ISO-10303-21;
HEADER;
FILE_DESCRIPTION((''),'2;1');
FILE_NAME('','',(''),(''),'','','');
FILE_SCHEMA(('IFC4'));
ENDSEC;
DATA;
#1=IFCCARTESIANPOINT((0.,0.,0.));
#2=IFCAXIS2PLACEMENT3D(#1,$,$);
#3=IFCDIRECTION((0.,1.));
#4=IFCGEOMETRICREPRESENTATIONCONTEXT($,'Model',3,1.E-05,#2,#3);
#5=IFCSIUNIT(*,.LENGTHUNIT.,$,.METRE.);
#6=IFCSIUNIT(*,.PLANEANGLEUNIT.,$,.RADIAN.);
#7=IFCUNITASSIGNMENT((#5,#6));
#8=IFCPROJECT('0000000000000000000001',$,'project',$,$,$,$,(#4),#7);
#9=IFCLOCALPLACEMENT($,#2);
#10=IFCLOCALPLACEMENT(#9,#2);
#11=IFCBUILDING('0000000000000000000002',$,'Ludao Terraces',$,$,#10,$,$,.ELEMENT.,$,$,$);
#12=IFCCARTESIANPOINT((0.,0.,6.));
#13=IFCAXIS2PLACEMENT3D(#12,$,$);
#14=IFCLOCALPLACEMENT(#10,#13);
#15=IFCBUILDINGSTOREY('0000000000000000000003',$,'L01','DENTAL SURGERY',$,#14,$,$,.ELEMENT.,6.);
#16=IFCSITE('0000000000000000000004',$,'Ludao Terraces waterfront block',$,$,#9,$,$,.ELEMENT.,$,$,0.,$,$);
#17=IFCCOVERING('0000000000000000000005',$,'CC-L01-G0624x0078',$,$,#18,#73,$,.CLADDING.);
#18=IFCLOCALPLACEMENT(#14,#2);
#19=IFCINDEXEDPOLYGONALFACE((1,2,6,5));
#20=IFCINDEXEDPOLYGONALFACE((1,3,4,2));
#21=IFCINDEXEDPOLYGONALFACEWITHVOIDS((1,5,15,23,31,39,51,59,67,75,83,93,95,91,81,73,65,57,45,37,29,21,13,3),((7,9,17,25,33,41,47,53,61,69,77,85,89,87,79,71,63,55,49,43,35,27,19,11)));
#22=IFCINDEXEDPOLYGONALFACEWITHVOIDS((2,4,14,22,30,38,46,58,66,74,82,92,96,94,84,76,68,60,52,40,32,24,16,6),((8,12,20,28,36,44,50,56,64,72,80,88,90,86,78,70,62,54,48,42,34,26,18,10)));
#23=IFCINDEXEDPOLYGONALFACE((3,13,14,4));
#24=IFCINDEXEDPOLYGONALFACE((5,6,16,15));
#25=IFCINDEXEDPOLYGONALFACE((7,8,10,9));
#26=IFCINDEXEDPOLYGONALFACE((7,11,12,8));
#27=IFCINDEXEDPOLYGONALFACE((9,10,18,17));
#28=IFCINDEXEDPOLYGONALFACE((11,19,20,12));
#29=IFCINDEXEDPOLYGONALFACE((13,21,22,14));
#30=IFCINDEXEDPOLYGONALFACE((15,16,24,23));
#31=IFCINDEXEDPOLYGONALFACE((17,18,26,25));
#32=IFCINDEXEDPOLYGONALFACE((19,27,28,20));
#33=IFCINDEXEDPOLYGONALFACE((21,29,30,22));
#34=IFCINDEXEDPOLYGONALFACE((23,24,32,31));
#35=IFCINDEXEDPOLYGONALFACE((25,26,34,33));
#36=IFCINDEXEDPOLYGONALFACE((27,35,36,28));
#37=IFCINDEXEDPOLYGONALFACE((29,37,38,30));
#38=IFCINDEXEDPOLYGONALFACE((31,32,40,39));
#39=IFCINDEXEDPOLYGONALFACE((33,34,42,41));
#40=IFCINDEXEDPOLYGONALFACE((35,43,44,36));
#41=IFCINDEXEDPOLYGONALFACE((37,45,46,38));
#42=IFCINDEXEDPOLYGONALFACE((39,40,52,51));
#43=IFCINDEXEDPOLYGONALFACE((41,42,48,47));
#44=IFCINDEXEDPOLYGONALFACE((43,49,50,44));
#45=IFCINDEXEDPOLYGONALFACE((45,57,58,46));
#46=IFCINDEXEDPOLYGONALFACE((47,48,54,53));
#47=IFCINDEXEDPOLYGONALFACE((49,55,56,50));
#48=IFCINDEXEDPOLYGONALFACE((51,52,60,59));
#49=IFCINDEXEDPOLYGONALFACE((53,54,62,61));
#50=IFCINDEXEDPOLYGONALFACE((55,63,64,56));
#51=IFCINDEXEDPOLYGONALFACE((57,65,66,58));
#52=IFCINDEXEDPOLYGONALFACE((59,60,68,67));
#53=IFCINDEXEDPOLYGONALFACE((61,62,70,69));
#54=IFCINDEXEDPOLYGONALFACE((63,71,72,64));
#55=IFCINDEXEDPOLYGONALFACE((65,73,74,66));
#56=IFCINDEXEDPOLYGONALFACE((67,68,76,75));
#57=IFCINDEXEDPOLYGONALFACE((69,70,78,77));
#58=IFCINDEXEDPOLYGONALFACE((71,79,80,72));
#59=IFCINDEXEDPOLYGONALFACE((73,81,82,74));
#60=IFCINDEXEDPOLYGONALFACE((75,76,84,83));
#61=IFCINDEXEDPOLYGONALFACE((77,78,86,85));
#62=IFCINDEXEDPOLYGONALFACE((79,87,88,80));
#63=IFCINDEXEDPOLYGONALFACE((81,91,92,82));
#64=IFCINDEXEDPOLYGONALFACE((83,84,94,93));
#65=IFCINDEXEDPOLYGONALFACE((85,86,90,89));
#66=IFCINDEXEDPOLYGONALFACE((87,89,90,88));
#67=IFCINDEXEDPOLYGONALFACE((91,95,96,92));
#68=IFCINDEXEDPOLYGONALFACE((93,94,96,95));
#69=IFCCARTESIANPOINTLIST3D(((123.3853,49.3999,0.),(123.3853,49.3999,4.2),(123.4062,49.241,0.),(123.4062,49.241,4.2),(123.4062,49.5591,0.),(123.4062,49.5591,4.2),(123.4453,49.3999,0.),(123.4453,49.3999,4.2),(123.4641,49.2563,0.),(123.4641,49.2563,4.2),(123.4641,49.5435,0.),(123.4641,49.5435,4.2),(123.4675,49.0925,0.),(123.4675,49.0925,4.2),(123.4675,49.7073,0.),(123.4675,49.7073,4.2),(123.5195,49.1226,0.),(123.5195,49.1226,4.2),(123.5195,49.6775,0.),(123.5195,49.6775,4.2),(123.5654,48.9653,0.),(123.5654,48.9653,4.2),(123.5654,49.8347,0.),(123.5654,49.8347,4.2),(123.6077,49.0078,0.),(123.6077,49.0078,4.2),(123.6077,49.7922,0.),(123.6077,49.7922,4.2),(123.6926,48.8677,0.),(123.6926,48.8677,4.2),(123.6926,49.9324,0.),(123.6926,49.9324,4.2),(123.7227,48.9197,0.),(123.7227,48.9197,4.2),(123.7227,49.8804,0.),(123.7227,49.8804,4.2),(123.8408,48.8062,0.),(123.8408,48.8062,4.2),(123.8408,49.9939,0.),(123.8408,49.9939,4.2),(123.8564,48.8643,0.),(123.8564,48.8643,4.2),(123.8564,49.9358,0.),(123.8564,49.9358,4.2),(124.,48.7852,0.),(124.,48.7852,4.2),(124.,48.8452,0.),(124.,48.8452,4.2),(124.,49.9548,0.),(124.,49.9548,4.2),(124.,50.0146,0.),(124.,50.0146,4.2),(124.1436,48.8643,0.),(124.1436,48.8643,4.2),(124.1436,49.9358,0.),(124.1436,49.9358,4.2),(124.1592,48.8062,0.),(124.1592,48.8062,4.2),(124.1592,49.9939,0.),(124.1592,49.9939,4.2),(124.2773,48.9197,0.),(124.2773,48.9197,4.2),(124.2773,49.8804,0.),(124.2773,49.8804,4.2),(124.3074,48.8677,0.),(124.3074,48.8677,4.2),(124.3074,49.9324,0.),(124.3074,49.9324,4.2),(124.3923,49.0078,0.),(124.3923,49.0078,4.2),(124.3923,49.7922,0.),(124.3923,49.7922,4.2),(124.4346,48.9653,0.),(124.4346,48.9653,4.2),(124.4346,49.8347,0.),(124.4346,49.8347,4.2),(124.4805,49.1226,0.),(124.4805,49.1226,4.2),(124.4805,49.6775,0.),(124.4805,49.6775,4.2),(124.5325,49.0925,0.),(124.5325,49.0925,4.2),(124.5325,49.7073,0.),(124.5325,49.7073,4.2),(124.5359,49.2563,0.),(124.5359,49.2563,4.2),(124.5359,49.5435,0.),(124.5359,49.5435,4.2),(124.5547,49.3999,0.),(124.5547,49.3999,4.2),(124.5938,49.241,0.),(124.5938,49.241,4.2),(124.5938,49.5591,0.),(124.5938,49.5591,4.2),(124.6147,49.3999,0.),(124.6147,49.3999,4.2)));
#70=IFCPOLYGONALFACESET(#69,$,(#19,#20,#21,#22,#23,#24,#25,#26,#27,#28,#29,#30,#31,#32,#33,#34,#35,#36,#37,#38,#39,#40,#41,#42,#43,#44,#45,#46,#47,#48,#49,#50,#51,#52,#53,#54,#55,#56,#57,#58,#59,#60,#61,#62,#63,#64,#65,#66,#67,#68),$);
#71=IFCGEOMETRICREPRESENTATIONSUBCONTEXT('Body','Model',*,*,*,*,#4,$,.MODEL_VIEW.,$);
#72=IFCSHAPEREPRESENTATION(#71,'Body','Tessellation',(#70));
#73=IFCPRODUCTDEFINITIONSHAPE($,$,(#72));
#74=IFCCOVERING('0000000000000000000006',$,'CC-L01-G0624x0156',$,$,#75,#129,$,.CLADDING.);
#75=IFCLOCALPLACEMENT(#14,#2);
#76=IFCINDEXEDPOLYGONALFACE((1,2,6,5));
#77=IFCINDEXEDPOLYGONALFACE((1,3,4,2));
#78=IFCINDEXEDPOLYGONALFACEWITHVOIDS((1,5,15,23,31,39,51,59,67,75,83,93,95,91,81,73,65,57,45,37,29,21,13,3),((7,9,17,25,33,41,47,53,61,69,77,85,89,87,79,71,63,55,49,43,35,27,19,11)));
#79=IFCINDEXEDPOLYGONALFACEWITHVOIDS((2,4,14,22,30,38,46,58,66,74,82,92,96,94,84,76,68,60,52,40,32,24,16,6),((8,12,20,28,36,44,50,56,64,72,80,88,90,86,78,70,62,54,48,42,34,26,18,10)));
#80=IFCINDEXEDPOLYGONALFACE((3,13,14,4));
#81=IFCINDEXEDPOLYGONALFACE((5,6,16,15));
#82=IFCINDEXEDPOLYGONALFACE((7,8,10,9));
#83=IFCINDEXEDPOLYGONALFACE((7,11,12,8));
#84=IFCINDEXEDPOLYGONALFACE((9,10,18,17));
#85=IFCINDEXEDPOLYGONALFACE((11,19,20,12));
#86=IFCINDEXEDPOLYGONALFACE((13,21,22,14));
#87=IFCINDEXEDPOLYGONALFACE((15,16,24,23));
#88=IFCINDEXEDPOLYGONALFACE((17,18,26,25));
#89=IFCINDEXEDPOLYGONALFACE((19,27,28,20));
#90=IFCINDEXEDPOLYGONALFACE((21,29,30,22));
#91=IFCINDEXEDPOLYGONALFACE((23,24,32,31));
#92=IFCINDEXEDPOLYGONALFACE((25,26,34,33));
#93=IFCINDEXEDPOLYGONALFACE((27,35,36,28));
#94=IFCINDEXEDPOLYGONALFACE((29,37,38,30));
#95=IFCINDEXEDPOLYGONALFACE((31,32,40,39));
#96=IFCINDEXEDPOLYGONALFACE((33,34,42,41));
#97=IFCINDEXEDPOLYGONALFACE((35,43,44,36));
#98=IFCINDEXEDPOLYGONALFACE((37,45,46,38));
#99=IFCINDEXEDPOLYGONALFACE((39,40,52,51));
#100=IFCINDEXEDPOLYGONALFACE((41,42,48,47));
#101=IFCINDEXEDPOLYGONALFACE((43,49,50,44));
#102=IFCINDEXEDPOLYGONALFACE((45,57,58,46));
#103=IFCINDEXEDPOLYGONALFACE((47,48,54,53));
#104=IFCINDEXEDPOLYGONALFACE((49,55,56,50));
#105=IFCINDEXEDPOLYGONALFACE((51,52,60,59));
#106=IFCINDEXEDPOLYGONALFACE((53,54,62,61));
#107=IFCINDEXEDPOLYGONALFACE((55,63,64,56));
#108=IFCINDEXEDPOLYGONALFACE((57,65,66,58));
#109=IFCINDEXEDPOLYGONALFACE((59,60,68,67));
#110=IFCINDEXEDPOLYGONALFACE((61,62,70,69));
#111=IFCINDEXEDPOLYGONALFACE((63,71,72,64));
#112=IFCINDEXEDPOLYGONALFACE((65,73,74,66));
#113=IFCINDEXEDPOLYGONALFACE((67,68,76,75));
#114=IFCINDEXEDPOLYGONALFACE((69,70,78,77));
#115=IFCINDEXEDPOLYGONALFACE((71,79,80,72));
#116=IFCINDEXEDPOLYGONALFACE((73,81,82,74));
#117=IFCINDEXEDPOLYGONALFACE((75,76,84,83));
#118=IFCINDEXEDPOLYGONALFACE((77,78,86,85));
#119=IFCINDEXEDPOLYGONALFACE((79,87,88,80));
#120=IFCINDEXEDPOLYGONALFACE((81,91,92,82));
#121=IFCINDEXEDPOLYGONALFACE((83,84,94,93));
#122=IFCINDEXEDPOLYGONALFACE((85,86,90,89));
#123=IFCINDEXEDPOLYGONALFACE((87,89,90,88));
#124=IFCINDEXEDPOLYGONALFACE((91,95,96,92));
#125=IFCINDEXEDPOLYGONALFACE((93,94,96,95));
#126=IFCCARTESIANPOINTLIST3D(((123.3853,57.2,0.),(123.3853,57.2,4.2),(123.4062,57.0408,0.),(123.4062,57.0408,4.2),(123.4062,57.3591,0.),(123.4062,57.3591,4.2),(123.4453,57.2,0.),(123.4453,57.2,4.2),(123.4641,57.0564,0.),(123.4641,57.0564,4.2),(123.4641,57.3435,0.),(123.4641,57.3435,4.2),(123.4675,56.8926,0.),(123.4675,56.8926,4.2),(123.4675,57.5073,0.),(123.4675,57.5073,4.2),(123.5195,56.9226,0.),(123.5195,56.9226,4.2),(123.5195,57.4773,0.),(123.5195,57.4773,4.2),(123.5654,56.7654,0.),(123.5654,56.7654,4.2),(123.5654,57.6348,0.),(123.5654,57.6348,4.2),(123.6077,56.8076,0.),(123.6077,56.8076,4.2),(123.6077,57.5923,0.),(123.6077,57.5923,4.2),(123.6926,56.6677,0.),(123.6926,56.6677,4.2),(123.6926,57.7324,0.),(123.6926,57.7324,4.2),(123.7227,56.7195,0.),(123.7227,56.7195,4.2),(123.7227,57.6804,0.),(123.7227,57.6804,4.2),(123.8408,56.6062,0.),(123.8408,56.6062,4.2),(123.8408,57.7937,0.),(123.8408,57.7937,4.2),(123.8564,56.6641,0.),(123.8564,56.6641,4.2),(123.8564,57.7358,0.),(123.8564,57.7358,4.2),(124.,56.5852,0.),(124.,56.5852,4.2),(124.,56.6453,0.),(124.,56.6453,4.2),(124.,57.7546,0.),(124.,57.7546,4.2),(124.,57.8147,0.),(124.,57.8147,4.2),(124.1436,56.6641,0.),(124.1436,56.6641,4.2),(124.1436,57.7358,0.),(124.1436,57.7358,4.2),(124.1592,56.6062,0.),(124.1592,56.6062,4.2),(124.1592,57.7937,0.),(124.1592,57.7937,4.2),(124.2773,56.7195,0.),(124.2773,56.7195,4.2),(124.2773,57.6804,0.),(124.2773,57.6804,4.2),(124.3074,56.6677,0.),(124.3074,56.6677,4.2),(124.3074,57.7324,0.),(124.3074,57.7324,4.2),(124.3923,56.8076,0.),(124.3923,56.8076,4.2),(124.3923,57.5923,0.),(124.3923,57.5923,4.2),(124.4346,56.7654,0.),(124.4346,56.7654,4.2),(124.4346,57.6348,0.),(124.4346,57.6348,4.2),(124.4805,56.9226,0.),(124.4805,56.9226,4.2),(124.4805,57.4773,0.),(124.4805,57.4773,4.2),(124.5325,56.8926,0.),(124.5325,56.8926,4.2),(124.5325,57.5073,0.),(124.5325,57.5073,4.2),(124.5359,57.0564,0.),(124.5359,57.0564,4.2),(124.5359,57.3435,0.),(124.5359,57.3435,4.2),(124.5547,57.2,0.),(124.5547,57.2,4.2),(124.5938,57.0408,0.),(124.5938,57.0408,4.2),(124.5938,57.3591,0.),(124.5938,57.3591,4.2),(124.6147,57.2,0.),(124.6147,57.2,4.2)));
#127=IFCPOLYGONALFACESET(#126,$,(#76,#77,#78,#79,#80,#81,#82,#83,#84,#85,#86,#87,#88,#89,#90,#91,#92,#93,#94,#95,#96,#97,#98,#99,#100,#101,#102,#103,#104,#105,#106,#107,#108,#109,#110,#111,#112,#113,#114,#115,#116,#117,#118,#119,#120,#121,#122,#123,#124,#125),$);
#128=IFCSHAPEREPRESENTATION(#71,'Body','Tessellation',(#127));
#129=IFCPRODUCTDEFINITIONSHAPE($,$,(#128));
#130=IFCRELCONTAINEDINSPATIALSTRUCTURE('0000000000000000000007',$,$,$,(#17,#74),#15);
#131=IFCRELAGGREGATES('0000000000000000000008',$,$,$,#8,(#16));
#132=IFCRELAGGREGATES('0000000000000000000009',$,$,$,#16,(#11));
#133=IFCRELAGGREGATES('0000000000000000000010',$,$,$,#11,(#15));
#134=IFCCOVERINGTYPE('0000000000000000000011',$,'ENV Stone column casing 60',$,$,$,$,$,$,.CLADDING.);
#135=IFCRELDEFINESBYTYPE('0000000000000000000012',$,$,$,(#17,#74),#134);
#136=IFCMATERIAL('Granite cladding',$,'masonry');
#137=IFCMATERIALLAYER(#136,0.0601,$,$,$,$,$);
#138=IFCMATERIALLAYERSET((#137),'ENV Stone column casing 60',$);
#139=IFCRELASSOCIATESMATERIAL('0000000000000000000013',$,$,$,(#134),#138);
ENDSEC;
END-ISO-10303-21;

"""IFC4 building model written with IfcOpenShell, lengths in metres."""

from ifc_helpers import new_model, si_unit, direction, frame, origin, place, context, subcontext, project, spatial, polyline, outline, extrude, material, layer, layer_set, type_object, element, save


model = new_model("IFC4")

# Units and contexts
model_context = context("Model", 3, precision=1e-05, world=origin(), true_north=direction((0.0, 1.0)))
body_context = subcontext(model_context, "Body", "Model", "MODEL_VIEW")
ifc_project = project(units=[si_unit("LENGTHUNIT", "METRE"), si_unit("PLANEANGLEUNIT", "RADIAN")], contexts=[model_context])

# Site, building, storey
site_placement = place(None, origin())
site = spatial("IfcSite", under=ifc_project, at=site_placement, Name="Ludao Terraces waterfront block", CompositionType="ELEMENT", RefElevation=0.0)
building_placement = place(site_placement, origin())
building = spatial("IfcBuilding", under=site, at=building_placement, Name="Ludao Terraces", CompositionType="ELEMENT")
storey_placement = place(building_placement, frame((0.0, 0.0, 6.0)))
storey = spatial("IfcBuildingStorey", under=building, at=storey_placement, Name="L01", Description="DENTAL SURGERY", CompositionType="ELEMENT", Elevation=6.0)

# Coverings
ifc_material_1 = material(Name="Granite cladding", Category="masonry")
ifc_layer_1 = layer(ifc_material_1, 0.0601)
ifc_layer_set_1 = layer_set([ifc_layer_1], Name="ENV Stone column casing 60")
covering_type = type_object("IfcCoveringType", Name="ENV Stone column casing 60", PredefinedType="CLADDING", material=ifc_layer_set_1)
covering_1_placement = place(storey_placement, origin())
element("IfcCovering", 1, at=covering_1_placement, inside=storey, type_object=covering_type, Name="CC-L01-G0624x0078", PredefinedType="CLADDING", context=body_context, shape_type="SweptSolid", body=[
    extrude(outline(polyline([(124.6147, 49.3999), (124.5938, 49.5591), (124.5325, 49.7073), (124.4346, 49.8347), (124.3074, 49.9324), (124.1592, 49.9939), (124.0, 50.0146), (123.8408, 49.9939), (123.6926, 49.9324), (123.5654, 49.8347), (123.4675, 49.7073), (123.4062, 49.5591), (123.3853, 49.3999), (123.4062, 49.241), (123.4675, 49.0925), (123.5654, 48.9653), (123.6926, 48.8677), (123.8408, 48.8062), (124.0, 48.7852), (124.1592, 48.8062), (124.3074, 48.8677), (124.4346, 48.9653), (124.5325, 49.0925), (124.5938, 49.241), (124.6147, 49.3999)]), holes=[polyline([(124.5359, 49.2563), (124.4805, 49.1226), (124.3923, 49.0078), (124.2773, 48.9197), (124.1436, 48.8643), (124.0, 48.8452), (123.8564, 48.8643), (123.7227, 48.9197), (123.6077, 49.0078), (123.5195, 49.1226), (123.4641, 49.2563), (123.4453, 49.3999), (123.4641, 49.5435), (123.5195, 49.6775), (123.6077, 49.7922), (123.7227, 49.8804), (123.8564, 49.9358), (124.0, 49.9548), (124.1436, 49.9358), (124.2773, 49.8804), (124.3923, 49.7922), (124.4805, 49.6775), (124.5359, 49.5435), (124.5547, 49.3999), (124.5359, 49.2563)])]), origin(), (0.0, 0.0, 1.0), 4.2),
])
covering_2_placement = place(storey_placement, origin())
element("IfcCovering", 2, at=covering_2_placement, inside=storey, type_object=covering_type, Name="CC-L01-G0624x0156", PredefinedType="CLADDING", context=body_context, shape_type="SweptSolid", body=[
    extrude(outline(polyline([(124.6147, 57.2), (124.5938, 57.3591), (124.5325, 57.5073), (124.4346, 57.6348), (124.3074, 57.7324), (124.1592, 57.7937), (124.0, 57.8147), (123.8408, 57.7937), (123.6926, 57.7324), (123.5654, 57.6348), (123.4675, 57.5073), (123.4062, 57.3591), (123.3853, 57.2), (123.4062, 57.0408), (123.4675, 56.8926), (123.5654, 56.7654), (123.6926, 56.6677), (123.8408, 56.6062), (124.0, 56.5852), (124.1592, 56.6062), (124.3074, 56.6677), (124.4346, 56.7654), (124.5325, 56.8926), (124.5938, 57.0408), (124.6147, 57.2)]), holes=[polyline([(124.5359, 57.0564), (124.4805, 56.9226), (124.3923, 56.8076), (124.2773, 56.7195), (124.1436, 56.6641), (124.0, 56.6453), (123.8564, 56.6641), (123.7227, 56.7195), (123.6077, 56.8076), (123.5195, 56.9226), (123.4641, 57.0564), (123.4453, 57.2), (123.4641, 57.3435), (123.5195, 57.4773), (123.6077, 57.5923), (123.7227, 57.6804), (123.8564, 57.7358), (124.0, 57.7546), (124.1436, 57.7358), (124.2773, 57.6804), (124.3923, 57.5923), (124.4805, 57.4773), (124.5359, 57.3435), (124.5547, 57.2), (124.5359, 57.0564)])]), origin(), (0.0, 0.0, 1.0), 4.2),
])

save(model, "model.ifc")
